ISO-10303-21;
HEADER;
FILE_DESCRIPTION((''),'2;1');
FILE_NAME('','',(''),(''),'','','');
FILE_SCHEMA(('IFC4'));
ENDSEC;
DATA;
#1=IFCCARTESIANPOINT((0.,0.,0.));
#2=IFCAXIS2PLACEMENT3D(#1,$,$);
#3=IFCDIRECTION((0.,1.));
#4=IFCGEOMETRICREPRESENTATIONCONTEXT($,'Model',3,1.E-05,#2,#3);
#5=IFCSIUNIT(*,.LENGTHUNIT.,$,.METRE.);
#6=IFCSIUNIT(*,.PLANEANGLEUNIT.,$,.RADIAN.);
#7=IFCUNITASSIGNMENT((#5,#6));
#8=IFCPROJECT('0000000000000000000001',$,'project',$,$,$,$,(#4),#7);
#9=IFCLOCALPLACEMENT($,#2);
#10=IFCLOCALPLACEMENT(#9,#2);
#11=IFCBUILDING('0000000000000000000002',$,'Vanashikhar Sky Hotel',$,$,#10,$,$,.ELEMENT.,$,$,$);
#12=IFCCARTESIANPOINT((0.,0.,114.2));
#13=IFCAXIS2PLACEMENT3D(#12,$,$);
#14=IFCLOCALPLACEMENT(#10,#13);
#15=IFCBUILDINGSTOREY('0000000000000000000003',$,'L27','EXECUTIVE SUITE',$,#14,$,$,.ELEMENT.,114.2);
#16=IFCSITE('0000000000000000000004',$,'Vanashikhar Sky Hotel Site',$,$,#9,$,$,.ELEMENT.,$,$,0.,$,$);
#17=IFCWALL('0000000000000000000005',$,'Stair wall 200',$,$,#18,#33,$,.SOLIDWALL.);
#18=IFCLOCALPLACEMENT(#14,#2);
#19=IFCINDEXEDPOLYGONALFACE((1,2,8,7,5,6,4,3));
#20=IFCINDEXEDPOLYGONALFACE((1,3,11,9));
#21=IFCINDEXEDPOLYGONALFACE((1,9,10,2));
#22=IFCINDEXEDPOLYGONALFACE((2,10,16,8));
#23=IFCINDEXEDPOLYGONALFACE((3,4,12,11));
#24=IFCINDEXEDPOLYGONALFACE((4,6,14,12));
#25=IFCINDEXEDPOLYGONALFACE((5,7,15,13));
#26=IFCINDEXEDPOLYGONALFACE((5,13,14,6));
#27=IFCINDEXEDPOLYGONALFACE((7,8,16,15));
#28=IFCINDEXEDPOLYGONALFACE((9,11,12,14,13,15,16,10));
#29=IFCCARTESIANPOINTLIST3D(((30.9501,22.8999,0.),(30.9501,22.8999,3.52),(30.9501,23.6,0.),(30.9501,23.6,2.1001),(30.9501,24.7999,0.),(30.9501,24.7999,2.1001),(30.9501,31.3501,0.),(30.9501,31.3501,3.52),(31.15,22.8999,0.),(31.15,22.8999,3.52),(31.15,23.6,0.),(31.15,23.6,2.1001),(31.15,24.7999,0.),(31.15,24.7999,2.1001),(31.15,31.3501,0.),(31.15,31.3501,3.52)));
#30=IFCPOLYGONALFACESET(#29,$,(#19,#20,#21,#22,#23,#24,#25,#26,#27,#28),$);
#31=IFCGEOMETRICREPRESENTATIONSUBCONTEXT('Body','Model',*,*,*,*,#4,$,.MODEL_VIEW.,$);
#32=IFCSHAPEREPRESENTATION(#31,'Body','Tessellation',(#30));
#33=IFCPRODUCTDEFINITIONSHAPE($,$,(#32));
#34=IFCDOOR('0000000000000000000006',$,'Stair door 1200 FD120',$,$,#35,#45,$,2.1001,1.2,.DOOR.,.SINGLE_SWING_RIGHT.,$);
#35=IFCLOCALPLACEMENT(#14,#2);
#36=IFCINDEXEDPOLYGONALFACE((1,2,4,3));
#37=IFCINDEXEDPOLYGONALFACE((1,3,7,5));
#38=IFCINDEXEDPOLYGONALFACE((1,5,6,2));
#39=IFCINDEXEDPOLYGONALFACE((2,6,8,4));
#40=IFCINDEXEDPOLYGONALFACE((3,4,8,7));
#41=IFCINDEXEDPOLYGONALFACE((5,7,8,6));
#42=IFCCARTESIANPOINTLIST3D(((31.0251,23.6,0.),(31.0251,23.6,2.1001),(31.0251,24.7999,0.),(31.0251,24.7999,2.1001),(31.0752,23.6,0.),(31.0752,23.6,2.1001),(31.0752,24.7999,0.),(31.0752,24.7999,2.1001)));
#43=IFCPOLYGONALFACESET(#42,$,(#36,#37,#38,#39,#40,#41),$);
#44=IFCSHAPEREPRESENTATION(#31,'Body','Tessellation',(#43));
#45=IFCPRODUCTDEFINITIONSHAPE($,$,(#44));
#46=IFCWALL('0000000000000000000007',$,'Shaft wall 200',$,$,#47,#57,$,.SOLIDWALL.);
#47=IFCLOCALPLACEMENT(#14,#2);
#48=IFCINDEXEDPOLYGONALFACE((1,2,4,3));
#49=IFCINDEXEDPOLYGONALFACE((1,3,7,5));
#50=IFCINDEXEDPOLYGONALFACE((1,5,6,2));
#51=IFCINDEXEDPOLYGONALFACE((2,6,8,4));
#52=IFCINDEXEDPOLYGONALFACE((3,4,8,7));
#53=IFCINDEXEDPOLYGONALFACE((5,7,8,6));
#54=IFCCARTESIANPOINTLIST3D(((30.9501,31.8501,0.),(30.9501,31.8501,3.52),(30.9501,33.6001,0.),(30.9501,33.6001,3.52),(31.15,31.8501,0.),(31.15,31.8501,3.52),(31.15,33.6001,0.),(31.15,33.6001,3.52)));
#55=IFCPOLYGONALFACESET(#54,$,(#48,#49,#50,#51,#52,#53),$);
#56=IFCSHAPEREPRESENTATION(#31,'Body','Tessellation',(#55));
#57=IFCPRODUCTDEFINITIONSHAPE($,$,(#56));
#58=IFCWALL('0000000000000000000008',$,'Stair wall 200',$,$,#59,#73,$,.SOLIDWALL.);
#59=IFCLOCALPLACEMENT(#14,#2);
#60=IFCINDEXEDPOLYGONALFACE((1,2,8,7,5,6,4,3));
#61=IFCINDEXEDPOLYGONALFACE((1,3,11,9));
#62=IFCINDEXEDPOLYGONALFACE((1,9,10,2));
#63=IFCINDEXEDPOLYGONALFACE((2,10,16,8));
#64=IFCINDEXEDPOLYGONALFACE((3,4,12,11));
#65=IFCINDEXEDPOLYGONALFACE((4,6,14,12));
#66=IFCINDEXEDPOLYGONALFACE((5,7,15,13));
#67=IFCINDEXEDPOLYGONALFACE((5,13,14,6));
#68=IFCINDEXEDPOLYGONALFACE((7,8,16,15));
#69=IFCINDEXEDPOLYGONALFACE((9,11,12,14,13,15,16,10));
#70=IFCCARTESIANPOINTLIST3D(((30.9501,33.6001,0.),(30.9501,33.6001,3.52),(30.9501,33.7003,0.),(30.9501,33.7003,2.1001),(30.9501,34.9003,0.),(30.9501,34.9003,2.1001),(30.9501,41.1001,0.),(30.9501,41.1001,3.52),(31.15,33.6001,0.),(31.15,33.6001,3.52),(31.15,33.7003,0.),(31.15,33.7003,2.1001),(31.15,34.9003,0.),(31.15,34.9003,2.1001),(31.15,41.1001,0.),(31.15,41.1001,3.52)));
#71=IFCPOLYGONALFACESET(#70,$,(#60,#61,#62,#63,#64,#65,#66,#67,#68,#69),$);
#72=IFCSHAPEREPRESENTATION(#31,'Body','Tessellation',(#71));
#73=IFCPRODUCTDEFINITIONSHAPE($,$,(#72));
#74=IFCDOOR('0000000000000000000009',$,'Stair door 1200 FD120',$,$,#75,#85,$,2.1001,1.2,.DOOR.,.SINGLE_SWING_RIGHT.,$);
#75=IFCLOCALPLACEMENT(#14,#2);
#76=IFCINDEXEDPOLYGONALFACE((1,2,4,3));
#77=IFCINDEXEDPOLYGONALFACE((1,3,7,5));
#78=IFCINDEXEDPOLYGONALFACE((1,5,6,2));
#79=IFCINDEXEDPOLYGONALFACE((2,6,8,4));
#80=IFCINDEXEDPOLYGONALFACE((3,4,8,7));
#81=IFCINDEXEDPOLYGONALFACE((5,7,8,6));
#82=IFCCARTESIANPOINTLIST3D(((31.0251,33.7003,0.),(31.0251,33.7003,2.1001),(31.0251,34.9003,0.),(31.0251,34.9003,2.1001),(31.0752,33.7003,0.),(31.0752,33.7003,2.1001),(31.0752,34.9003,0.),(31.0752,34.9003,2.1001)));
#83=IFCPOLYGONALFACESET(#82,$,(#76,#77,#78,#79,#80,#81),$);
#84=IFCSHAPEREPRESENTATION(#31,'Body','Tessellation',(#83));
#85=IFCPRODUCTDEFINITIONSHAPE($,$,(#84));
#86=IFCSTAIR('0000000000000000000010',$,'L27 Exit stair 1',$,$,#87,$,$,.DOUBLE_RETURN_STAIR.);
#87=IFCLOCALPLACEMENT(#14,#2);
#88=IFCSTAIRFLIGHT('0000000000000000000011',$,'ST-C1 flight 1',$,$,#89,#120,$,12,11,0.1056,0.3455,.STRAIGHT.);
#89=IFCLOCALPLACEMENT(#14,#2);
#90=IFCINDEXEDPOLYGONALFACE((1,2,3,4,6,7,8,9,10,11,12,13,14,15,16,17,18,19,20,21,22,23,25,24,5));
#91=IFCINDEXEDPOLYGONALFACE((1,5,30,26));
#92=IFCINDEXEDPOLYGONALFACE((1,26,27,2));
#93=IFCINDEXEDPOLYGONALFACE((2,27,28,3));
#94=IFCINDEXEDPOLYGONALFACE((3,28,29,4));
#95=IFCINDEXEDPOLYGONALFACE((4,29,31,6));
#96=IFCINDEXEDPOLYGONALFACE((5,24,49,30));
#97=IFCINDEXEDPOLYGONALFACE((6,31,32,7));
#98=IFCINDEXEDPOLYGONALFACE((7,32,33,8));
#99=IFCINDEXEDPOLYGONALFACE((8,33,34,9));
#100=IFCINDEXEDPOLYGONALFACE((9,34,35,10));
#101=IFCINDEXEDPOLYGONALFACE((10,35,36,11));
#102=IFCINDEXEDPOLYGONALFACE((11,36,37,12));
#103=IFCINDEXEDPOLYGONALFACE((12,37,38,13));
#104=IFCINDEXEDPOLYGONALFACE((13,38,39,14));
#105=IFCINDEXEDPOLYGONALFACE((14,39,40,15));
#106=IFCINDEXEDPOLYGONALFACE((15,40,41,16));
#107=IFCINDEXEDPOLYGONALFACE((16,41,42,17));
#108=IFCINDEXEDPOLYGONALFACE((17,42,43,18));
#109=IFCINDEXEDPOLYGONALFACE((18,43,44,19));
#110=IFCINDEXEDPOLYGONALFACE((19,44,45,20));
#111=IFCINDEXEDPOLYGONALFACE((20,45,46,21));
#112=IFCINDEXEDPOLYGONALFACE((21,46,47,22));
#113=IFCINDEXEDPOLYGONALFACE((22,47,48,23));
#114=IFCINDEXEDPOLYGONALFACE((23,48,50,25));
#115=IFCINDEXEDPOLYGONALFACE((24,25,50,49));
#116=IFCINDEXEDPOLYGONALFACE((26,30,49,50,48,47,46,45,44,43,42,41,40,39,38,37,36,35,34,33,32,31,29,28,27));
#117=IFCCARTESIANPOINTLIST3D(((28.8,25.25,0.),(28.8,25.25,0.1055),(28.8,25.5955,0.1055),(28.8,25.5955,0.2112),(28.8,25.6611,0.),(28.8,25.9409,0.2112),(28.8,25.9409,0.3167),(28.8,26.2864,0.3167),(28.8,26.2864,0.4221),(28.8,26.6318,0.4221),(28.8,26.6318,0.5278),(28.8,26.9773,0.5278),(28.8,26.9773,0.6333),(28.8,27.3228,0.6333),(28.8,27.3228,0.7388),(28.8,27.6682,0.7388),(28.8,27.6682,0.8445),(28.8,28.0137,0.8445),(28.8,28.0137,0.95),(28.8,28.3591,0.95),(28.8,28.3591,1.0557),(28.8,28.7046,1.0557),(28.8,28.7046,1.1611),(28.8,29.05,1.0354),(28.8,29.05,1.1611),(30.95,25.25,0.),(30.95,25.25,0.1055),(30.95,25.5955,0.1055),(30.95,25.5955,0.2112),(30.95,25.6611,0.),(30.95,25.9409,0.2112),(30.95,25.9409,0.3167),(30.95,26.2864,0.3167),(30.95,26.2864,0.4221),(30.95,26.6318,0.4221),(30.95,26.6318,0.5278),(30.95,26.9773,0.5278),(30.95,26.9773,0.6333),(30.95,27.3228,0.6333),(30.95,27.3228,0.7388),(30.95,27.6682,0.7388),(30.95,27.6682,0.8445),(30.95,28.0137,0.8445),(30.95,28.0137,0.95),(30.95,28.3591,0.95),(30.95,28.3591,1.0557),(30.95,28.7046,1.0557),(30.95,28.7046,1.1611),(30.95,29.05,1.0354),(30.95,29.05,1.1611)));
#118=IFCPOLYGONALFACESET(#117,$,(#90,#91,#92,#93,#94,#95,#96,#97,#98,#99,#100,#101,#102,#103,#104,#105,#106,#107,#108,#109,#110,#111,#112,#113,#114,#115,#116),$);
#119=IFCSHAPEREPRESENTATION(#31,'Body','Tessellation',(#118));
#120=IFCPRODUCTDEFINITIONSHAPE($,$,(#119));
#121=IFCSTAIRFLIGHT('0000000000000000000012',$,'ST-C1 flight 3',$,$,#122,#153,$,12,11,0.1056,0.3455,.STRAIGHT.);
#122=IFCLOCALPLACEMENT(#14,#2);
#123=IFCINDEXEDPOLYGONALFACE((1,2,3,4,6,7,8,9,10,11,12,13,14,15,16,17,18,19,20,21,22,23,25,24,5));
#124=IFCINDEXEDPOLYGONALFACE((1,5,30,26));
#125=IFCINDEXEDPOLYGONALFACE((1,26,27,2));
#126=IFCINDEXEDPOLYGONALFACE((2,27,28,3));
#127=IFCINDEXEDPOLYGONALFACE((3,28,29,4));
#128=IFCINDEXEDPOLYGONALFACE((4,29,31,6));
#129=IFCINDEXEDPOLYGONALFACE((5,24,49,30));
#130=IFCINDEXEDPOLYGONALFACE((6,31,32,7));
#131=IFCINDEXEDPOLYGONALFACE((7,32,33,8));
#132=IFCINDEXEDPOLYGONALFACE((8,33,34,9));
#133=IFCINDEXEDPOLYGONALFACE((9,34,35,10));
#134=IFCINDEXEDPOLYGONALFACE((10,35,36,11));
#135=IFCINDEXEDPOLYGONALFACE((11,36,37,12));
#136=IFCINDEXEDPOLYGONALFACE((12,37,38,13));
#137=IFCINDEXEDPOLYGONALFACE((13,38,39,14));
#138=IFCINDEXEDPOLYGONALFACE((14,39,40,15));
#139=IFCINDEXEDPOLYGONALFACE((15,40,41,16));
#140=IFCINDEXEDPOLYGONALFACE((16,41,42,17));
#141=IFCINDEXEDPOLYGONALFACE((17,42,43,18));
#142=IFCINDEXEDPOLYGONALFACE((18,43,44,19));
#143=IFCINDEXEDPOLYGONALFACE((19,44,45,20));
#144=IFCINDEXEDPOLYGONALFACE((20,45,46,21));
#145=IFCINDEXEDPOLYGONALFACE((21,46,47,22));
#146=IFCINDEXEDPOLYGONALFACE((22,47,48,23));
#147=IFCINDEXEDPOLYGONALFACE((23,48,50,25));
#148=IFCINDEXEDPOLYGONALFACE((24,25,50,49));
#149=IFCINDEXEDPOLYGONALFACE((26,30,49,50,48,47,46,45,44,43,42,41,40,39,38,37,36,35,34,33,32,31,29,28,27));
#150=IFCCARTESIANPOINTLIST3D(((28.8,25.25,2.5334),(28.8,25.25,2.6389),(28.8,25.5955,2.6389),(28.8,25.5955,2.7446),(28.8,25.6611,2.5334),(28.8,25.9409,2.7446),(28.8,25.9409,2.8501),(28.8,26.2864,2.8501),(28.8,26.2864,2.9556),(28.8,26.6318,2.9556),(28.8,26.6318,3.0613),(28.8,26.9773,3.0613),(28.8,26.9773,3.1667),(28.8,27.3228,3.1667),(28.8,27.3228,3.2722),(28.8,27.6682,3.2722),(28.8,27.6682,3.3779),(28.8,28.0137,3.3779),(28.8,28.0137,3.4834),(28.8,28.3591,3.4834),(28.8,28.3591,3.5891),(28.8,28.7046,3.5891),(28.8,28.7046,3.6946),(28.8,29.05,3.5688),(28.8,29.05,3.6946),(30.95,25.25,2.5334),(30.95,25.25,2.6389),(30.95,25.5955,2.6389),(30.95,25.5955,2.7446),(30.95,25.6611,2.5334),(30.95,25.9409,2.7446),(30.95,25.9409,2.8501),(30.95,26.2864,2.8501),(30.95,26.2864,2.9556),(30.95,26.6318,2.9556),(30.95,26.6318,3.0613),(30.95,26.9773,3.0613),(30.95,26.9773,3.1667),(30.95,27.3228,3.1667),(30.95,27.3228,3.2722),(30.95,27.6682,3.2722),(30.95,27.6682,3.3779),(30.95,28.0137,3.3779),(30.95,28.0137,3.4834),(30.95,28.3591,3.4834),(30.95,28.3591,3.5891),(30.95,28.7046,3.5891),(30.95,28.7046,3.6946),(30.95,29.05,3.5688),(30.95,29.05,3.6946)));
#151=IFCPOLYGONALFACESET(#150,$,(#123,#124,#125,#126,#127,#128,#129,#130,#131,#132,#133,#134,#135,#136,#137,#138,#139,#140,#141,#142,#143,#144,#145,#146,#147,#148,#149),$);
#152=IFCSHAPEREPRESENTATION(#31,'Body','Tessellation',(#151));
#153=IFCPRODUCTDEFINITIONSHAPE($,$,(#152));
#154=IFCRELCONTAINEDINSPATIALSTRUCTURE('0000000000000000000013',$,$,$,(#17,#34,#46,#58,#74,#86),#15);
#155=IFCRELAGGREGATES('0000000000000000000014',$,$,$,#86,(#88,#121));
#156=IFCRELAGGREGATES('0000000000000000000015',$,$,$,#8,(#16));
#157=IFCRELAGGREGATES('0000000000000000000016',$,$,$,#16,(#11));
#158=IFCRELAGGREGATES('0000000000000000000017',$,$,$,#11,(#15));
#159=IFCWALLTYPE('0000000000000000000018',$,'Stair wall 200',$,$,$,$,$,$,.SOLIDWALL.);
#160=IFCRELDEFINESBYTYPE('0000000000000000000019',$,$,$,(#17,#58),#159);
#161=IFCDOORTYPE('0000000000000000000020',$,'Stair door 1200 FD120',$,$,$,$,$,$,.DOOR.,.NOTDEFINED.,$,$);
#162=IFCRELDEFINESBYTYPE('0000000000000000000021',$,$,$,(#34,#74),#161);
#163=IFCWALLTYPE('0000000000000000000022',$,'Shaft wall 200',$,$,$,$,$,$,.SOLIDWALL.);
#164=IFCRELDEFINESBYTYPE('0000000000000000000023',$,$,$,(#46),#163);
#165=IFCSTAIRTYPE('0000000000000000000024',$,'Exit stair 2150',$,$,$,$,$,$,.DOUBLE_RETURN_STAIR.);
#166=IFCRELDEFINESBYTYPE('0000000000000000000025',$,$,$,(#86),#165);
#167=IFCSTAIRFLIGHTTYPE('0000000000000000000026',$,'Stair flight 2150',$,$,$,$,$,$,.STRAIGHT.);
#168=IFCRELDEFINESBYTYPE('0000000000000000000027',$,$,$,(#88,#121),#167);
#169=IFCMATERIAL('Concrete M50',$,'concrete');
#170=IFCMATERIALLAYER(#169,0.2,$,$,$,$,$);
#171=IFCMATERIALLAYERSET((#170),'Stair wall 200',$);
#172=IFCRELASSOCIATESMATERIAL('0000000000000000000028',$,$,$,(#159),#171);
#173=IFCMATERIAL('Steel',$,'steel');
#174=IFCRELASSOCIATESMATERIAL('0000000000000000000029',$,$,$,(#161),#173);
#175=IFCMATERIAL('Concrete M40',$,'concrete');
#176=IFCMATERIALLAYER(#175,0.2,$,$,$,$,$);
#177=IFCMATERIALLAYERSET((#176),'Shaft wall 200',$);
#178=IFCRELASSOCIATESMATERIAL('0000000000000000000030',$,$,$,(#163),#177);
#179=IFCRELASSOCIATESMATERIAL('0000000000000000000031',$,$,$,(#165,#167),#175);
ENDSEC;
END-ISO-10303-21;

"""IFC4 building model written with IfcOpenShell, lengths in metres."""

from ifc_helpers import new_model, si_unit, direction, frame, frame_2d, origin, place, context, subcontext, project, spatial, polyline, rectangle, outline, extrude, source, transform, mapped, material, layer, layer_set, type_object, element, fill, aggregate, save


model = new_model("IFC4")

# Units and contexts
model_context = context("Model", 3, precision=1e-05, world=origin(), true_north=direction((0.0, 1.0)))
body_context = subcontext(model_context, "Body", "Model", "MODEL_VIEW")
ifc_project = project(units=[si_unit("LENGTHUNIT", "METRE"), si_unit("PLANEANGLEUNIT", "RADIAN")], contexts=[model_context])

# Site, building, storey
site_placement = place(None, origin())
site = spatial("IfcSite", under=ifc_project, at=site_placement, Name="Vanashikhar Sky Hotel Site", CompositionType="ELEMENT", RefElevation=0.0)
building_placement = place(site_placement, origin())
building = spatial("IfcBuilding", under=site, at=building_placement, Name="Vanashikhar Sky Hotel", CompositionType="ELEMENT")
storey_placement = place(building_placement, frame((0.0, 0.0, 114.2)))
storey = spatial("IfcBuildingStorey", under=building, at=storey_placement, Name="L27", Description="EXECUTIVE SUITE", CompositionType="ELEMENT", Elevation=114.2)

# Wall, opening, door
ifc_material_1 = material(Name="Concrete M50", Category="concrete")
ifc_layer_1 = layer(ifc_material_1, 0.2)
ifc_layer_set_1 = layer_set([ifc_layer_1], Name="Stair wall 200")
wall_type_1 = type_object("IfcWallType", Name="Stair wall 200", PredefinedType="SOLIDWALL", material=ifc_layer_set_1)
shared_shape_1 = source(origin(), body_context, "Body", "SweptSolid", [
    extrude(rectangle(XDim=8.4502, YDim=0.2, at=frame_2d((4.2251, 0.0))), origin(), (0.0, 0.0, 1.0), 3.52),
])
wall_1_placement = place(storey_placement, frame((31.05, 22.8999, 0.0), z_axis=(0.0, 0.0, 1.0), x_axis=(0.0, 1.0, 0.0)))
wall_1 = element("IfcWall", 1, at=wall_1_placement, inside=storey, type_object=wall_type_1, Name="Stair wall 200", PredefinedType="SOLIDWALL", context=body_context, shape_type="MappedRepresentation", body=[
    mapped(shared_shape_1, transform((0.0, 0.0, 0.0), scale=1.0)),
])
shared_shape_2 = source(origin(), body_context, "Body", "SweptSolid", [
    extrude(rectangle(XDim=1.2, YDim=2.1001, at=frame_2d((0.6001, 1.05))), frame((0.0, 0.1099, 0.0), z_axis=(0.0, -1.0, 0.0), x_axis=(1.0, 0.0, 0.0)), (0.0, 0.0, 1.0), 0.22),
])
opening_1_placement = place(wall_1_placement, frame((0.7, 0.0, 0.0)))
opening_1 = element("IfcOpeningElement", 2, at=opening_1_placement, cuts=wall_1, PredefinedType="OPENING", context=body_context, shape_type="MappedRepresentation", body=[
    mapped(shared_shape_2, transform((0.0, 0.0, 0.0), scale=1.0)),
])
ifc_material_2 = material(Name="Steel", Category="steel")
door_type = type_object("IfcDoorType", Name="Stair door 1200 FD120", OperationType="NOTDEFINED", PredefinedType="DOOR", material=ifc_material_2)
shared_shape_3 = source(origin(), body_context, "Body", "SweptSolid", [
    extrude(rectangle(XDim=1.2, YDim=2.1001, at=frame_2d((0.6001, 1.05))), frame((0.0, 0.0249, 0.0), z_axis=(0.0, -1.0, 0.0), x_axis=(1.0, 0.0, 0.0)), (0.0, 0.0, 1.0), 0.05),
])
door_1_placement = place(opening_1_placement, origin())
door_1 = element("IfcDoor", 3, at=door_1_placement, inside=storey, type_object=door_type, Name="Stair door 1200 FD120", OperationType="SINGLE_SWING_RIGHT", OverallHeight=2.1001, OverallWidth=1.2, PredefinedType="DOOR", context=body_context, shape_type="MappedRepresentation", body=[
    mapped(shared_shape_3, transform((0.0, 0.0, 0.0), scale=1.0)),
])
fill(opening_1, door_1)

# Wall
ifc_material_3 = material(Name="Concrete M40", Category="concrete")
ifc_layer_2 = layer(ifc_material_3, 0.2)
ifc_layer_set_2 = layer_set([ifc_layer_2], Name="Shaft wall 200")
wall_type_2 = type_object("IfcWallType", Name="Shaft wall 200", PredefinedType="SOLIDWALL", material=ifc_layer_set_2)
shared_shape_4 = source(origin(), body_context, "Body", "SweptSolid", [
    extrude(rectangle(XDim=1.75, YDim=0.2, at=frame_2d((0.875, 0.0))), origin(), (0.0, 0.0, 1.0), 3.52),
])
wall_2_placement = place(storey_placement, frame((31.05, 31.8501, 0.0), z_axis=(0.0, 0.0, 1.0), x_axis=(0.0, 1.0, 0.0)))
element("IfcWall", 4, at=wall_2_placement, inside=storey, type_object=wall_type_2, Name="Shaft wall 200", PredefinedType="SOLIDWALL", context=body_context, shape_type="MappedRepresentation", body=[
    mapped(shared_shape_4, transform((0.0, 0.0, 0.0), scale=1.0)),
])

# Wall, opening, door
shared_shape_5 = source(origin(), body_context, "Body", "SweptSolid", [
    extrude(rectangle(XDim=7.5, YDim=0.2, at=frame_2d((3.75, 0.0))), origin(), (0.0, 0.0, 1.0), 3.52),
])
wall_3_placement = place(storey_placement, frame((31.05, 33.6001, 0.0), z_axis=(0.0, 0.0, 1.0), x_axis=(0.0, 1.0, 0.0)))
wall_3 = element("IfcWall", 5, at=wall_3_placement, inside=storey, type_object=wall_type_1, Name="Stair wall 200", PredefinedType="SOLIDWALL", context=body_context, shape_type="MappedRepresentation", body=[
    mapped(shared_shape_5, transform((0.0, 0.0, 0.0), scale=1.0)),
])
opening_2_placement = place(wall_3_placement, frame((0.1001, 0.0, 0.0)))
opening_2 = element("IfcOpeningElement", 6, at=opening_2_placement, cuts=wall_3, PredefinedType="OPENING", context=body_context, shape_type="MappedRepresentation", body=[
    mapped(shared_shape_2, transform((0.0, 0.0, 0.0), scale=1.0)),
])
door_2_placement = place(opening_2_placement, origin())
door_2 = element("IfcDoor", 7, at=door_2_placement, inside=storey, type_object=door_type, Name="Stair door 1200 FD120", OperationType="SINGLE_SWING_RIGHT", OverallHeight=2.1001, OverallWidth=1.2, PredefinedType="DOOR", context=body_context, shape_type="MappedRepresentation", body=[
    mapped(shared_shape_3, transform((0.0, 0.0, 0.0), scale=1.0)),
])
fill(opening_2, door_2)

# Stair, stair flights
stair_type = type_object("IfcStairType", Name="Exit stair 2150", PredefinedType="DOUBLE_RETURN_STAIR", material=ifc_material_3)
stair_1_placement = place(storey_placement, origin())
stair_1 = element("IfcStair", 8, at=stair_1_placement, inside=storey, type_object=stair_type, Name="L27 Exit stair 1", PredefinedType="DOUBLE_RETURN_STAIR")
stair_flight_type = type_object("IfcStairFlightType", Name="Stair flight 2150", PredefinedType="STRAIGHT", material=ifc_material_3)
shared_shape_6 = source(origin(), body_context, "Body", "SweptSolid", [
    extrude(outline(polyline([(0.0, 0.0), (0.0, 0.1055), (0.3455, 0.1055), (0.3455, 0.2112), (0.6909, 0.2112), (0.6909, 0.3167), (1.0364, 0.3167), (1.0364, 0.4221), (1.3818, 0.4221), (1.3818, 0.5278), (1.7273, 0.5278), (1.7273, 0.6333), (2.0728, 0.6333), (2.0728, 0.7388), (2.4182, 0.7388), (2.4182, 0.8445), (2.7637, 0.8445), (2.7637, 0.95), (3.1091, 0.95), (3.1091, 1.0557), (3.4546, 1.0557), (3.4546, 1.1611), (3.8, 1.1611), (3.8, 1.2666), (3.8, 1.0354), (0.4111, 0.0), (0.0, 0.0)])), frame((0.0, 1.075, 0.0), z_axis=(0.0, -1.0, 0.0), x_axis=(1.0, 0.0, 0.0)), (0.0, 0.0, 1.0), 2.1499),
])
stair_flight_1_placement = place(storey_placement, frame((29.875, 25.25, 0.0), z_axis=(0.0, 0.0, 1.0), x_axis=(0.0, 1.0, 0.0)))
stair_flight_1 = element("IfcStairFlight", 9, at=stair_flight_1_placement, type_object=stair_flight_type, Name="ST-C1 flight 1", NumberOfRisers=12, NumberOfTreads=11, PredefinedType="STRAIGHT", RiserHeight=0.1056, TreadLength=0.3455, context=body_context, shape_type="MappedRepresentation", body=[
    mapped(shared_shape_6, transform((0.0, 0.0, 0.0), scale=1.0)),
])
stair_flight_2_placement = place(storey_placement, frame((29.875, 25.25, 2.5334), z_axis=(0.0, 0.0, 1.0), x_axis=(0.0, 1.0, 0.0)))
stair_flight_2 = element("IfcStairFlight", 10, at=stair_flight_2_placement, type_object=stair_flight_type, Name="ST-C1 flight 3", NumberOfRisers=12, NumberOfTreads=11, PredefinedType="STRAIGHT", RiserHeight=0.1056, TreadLength=0.3455, context=body_context, shape_type="MappedRepresentation", body=[
    mapped(shared_shape_6, transform((0.0, 0.0, 0.0), scale=1.0)),
])
aggregate(stair_1, [stair_flight_1, stair_flight_2])

save(model, "model.ifc")
